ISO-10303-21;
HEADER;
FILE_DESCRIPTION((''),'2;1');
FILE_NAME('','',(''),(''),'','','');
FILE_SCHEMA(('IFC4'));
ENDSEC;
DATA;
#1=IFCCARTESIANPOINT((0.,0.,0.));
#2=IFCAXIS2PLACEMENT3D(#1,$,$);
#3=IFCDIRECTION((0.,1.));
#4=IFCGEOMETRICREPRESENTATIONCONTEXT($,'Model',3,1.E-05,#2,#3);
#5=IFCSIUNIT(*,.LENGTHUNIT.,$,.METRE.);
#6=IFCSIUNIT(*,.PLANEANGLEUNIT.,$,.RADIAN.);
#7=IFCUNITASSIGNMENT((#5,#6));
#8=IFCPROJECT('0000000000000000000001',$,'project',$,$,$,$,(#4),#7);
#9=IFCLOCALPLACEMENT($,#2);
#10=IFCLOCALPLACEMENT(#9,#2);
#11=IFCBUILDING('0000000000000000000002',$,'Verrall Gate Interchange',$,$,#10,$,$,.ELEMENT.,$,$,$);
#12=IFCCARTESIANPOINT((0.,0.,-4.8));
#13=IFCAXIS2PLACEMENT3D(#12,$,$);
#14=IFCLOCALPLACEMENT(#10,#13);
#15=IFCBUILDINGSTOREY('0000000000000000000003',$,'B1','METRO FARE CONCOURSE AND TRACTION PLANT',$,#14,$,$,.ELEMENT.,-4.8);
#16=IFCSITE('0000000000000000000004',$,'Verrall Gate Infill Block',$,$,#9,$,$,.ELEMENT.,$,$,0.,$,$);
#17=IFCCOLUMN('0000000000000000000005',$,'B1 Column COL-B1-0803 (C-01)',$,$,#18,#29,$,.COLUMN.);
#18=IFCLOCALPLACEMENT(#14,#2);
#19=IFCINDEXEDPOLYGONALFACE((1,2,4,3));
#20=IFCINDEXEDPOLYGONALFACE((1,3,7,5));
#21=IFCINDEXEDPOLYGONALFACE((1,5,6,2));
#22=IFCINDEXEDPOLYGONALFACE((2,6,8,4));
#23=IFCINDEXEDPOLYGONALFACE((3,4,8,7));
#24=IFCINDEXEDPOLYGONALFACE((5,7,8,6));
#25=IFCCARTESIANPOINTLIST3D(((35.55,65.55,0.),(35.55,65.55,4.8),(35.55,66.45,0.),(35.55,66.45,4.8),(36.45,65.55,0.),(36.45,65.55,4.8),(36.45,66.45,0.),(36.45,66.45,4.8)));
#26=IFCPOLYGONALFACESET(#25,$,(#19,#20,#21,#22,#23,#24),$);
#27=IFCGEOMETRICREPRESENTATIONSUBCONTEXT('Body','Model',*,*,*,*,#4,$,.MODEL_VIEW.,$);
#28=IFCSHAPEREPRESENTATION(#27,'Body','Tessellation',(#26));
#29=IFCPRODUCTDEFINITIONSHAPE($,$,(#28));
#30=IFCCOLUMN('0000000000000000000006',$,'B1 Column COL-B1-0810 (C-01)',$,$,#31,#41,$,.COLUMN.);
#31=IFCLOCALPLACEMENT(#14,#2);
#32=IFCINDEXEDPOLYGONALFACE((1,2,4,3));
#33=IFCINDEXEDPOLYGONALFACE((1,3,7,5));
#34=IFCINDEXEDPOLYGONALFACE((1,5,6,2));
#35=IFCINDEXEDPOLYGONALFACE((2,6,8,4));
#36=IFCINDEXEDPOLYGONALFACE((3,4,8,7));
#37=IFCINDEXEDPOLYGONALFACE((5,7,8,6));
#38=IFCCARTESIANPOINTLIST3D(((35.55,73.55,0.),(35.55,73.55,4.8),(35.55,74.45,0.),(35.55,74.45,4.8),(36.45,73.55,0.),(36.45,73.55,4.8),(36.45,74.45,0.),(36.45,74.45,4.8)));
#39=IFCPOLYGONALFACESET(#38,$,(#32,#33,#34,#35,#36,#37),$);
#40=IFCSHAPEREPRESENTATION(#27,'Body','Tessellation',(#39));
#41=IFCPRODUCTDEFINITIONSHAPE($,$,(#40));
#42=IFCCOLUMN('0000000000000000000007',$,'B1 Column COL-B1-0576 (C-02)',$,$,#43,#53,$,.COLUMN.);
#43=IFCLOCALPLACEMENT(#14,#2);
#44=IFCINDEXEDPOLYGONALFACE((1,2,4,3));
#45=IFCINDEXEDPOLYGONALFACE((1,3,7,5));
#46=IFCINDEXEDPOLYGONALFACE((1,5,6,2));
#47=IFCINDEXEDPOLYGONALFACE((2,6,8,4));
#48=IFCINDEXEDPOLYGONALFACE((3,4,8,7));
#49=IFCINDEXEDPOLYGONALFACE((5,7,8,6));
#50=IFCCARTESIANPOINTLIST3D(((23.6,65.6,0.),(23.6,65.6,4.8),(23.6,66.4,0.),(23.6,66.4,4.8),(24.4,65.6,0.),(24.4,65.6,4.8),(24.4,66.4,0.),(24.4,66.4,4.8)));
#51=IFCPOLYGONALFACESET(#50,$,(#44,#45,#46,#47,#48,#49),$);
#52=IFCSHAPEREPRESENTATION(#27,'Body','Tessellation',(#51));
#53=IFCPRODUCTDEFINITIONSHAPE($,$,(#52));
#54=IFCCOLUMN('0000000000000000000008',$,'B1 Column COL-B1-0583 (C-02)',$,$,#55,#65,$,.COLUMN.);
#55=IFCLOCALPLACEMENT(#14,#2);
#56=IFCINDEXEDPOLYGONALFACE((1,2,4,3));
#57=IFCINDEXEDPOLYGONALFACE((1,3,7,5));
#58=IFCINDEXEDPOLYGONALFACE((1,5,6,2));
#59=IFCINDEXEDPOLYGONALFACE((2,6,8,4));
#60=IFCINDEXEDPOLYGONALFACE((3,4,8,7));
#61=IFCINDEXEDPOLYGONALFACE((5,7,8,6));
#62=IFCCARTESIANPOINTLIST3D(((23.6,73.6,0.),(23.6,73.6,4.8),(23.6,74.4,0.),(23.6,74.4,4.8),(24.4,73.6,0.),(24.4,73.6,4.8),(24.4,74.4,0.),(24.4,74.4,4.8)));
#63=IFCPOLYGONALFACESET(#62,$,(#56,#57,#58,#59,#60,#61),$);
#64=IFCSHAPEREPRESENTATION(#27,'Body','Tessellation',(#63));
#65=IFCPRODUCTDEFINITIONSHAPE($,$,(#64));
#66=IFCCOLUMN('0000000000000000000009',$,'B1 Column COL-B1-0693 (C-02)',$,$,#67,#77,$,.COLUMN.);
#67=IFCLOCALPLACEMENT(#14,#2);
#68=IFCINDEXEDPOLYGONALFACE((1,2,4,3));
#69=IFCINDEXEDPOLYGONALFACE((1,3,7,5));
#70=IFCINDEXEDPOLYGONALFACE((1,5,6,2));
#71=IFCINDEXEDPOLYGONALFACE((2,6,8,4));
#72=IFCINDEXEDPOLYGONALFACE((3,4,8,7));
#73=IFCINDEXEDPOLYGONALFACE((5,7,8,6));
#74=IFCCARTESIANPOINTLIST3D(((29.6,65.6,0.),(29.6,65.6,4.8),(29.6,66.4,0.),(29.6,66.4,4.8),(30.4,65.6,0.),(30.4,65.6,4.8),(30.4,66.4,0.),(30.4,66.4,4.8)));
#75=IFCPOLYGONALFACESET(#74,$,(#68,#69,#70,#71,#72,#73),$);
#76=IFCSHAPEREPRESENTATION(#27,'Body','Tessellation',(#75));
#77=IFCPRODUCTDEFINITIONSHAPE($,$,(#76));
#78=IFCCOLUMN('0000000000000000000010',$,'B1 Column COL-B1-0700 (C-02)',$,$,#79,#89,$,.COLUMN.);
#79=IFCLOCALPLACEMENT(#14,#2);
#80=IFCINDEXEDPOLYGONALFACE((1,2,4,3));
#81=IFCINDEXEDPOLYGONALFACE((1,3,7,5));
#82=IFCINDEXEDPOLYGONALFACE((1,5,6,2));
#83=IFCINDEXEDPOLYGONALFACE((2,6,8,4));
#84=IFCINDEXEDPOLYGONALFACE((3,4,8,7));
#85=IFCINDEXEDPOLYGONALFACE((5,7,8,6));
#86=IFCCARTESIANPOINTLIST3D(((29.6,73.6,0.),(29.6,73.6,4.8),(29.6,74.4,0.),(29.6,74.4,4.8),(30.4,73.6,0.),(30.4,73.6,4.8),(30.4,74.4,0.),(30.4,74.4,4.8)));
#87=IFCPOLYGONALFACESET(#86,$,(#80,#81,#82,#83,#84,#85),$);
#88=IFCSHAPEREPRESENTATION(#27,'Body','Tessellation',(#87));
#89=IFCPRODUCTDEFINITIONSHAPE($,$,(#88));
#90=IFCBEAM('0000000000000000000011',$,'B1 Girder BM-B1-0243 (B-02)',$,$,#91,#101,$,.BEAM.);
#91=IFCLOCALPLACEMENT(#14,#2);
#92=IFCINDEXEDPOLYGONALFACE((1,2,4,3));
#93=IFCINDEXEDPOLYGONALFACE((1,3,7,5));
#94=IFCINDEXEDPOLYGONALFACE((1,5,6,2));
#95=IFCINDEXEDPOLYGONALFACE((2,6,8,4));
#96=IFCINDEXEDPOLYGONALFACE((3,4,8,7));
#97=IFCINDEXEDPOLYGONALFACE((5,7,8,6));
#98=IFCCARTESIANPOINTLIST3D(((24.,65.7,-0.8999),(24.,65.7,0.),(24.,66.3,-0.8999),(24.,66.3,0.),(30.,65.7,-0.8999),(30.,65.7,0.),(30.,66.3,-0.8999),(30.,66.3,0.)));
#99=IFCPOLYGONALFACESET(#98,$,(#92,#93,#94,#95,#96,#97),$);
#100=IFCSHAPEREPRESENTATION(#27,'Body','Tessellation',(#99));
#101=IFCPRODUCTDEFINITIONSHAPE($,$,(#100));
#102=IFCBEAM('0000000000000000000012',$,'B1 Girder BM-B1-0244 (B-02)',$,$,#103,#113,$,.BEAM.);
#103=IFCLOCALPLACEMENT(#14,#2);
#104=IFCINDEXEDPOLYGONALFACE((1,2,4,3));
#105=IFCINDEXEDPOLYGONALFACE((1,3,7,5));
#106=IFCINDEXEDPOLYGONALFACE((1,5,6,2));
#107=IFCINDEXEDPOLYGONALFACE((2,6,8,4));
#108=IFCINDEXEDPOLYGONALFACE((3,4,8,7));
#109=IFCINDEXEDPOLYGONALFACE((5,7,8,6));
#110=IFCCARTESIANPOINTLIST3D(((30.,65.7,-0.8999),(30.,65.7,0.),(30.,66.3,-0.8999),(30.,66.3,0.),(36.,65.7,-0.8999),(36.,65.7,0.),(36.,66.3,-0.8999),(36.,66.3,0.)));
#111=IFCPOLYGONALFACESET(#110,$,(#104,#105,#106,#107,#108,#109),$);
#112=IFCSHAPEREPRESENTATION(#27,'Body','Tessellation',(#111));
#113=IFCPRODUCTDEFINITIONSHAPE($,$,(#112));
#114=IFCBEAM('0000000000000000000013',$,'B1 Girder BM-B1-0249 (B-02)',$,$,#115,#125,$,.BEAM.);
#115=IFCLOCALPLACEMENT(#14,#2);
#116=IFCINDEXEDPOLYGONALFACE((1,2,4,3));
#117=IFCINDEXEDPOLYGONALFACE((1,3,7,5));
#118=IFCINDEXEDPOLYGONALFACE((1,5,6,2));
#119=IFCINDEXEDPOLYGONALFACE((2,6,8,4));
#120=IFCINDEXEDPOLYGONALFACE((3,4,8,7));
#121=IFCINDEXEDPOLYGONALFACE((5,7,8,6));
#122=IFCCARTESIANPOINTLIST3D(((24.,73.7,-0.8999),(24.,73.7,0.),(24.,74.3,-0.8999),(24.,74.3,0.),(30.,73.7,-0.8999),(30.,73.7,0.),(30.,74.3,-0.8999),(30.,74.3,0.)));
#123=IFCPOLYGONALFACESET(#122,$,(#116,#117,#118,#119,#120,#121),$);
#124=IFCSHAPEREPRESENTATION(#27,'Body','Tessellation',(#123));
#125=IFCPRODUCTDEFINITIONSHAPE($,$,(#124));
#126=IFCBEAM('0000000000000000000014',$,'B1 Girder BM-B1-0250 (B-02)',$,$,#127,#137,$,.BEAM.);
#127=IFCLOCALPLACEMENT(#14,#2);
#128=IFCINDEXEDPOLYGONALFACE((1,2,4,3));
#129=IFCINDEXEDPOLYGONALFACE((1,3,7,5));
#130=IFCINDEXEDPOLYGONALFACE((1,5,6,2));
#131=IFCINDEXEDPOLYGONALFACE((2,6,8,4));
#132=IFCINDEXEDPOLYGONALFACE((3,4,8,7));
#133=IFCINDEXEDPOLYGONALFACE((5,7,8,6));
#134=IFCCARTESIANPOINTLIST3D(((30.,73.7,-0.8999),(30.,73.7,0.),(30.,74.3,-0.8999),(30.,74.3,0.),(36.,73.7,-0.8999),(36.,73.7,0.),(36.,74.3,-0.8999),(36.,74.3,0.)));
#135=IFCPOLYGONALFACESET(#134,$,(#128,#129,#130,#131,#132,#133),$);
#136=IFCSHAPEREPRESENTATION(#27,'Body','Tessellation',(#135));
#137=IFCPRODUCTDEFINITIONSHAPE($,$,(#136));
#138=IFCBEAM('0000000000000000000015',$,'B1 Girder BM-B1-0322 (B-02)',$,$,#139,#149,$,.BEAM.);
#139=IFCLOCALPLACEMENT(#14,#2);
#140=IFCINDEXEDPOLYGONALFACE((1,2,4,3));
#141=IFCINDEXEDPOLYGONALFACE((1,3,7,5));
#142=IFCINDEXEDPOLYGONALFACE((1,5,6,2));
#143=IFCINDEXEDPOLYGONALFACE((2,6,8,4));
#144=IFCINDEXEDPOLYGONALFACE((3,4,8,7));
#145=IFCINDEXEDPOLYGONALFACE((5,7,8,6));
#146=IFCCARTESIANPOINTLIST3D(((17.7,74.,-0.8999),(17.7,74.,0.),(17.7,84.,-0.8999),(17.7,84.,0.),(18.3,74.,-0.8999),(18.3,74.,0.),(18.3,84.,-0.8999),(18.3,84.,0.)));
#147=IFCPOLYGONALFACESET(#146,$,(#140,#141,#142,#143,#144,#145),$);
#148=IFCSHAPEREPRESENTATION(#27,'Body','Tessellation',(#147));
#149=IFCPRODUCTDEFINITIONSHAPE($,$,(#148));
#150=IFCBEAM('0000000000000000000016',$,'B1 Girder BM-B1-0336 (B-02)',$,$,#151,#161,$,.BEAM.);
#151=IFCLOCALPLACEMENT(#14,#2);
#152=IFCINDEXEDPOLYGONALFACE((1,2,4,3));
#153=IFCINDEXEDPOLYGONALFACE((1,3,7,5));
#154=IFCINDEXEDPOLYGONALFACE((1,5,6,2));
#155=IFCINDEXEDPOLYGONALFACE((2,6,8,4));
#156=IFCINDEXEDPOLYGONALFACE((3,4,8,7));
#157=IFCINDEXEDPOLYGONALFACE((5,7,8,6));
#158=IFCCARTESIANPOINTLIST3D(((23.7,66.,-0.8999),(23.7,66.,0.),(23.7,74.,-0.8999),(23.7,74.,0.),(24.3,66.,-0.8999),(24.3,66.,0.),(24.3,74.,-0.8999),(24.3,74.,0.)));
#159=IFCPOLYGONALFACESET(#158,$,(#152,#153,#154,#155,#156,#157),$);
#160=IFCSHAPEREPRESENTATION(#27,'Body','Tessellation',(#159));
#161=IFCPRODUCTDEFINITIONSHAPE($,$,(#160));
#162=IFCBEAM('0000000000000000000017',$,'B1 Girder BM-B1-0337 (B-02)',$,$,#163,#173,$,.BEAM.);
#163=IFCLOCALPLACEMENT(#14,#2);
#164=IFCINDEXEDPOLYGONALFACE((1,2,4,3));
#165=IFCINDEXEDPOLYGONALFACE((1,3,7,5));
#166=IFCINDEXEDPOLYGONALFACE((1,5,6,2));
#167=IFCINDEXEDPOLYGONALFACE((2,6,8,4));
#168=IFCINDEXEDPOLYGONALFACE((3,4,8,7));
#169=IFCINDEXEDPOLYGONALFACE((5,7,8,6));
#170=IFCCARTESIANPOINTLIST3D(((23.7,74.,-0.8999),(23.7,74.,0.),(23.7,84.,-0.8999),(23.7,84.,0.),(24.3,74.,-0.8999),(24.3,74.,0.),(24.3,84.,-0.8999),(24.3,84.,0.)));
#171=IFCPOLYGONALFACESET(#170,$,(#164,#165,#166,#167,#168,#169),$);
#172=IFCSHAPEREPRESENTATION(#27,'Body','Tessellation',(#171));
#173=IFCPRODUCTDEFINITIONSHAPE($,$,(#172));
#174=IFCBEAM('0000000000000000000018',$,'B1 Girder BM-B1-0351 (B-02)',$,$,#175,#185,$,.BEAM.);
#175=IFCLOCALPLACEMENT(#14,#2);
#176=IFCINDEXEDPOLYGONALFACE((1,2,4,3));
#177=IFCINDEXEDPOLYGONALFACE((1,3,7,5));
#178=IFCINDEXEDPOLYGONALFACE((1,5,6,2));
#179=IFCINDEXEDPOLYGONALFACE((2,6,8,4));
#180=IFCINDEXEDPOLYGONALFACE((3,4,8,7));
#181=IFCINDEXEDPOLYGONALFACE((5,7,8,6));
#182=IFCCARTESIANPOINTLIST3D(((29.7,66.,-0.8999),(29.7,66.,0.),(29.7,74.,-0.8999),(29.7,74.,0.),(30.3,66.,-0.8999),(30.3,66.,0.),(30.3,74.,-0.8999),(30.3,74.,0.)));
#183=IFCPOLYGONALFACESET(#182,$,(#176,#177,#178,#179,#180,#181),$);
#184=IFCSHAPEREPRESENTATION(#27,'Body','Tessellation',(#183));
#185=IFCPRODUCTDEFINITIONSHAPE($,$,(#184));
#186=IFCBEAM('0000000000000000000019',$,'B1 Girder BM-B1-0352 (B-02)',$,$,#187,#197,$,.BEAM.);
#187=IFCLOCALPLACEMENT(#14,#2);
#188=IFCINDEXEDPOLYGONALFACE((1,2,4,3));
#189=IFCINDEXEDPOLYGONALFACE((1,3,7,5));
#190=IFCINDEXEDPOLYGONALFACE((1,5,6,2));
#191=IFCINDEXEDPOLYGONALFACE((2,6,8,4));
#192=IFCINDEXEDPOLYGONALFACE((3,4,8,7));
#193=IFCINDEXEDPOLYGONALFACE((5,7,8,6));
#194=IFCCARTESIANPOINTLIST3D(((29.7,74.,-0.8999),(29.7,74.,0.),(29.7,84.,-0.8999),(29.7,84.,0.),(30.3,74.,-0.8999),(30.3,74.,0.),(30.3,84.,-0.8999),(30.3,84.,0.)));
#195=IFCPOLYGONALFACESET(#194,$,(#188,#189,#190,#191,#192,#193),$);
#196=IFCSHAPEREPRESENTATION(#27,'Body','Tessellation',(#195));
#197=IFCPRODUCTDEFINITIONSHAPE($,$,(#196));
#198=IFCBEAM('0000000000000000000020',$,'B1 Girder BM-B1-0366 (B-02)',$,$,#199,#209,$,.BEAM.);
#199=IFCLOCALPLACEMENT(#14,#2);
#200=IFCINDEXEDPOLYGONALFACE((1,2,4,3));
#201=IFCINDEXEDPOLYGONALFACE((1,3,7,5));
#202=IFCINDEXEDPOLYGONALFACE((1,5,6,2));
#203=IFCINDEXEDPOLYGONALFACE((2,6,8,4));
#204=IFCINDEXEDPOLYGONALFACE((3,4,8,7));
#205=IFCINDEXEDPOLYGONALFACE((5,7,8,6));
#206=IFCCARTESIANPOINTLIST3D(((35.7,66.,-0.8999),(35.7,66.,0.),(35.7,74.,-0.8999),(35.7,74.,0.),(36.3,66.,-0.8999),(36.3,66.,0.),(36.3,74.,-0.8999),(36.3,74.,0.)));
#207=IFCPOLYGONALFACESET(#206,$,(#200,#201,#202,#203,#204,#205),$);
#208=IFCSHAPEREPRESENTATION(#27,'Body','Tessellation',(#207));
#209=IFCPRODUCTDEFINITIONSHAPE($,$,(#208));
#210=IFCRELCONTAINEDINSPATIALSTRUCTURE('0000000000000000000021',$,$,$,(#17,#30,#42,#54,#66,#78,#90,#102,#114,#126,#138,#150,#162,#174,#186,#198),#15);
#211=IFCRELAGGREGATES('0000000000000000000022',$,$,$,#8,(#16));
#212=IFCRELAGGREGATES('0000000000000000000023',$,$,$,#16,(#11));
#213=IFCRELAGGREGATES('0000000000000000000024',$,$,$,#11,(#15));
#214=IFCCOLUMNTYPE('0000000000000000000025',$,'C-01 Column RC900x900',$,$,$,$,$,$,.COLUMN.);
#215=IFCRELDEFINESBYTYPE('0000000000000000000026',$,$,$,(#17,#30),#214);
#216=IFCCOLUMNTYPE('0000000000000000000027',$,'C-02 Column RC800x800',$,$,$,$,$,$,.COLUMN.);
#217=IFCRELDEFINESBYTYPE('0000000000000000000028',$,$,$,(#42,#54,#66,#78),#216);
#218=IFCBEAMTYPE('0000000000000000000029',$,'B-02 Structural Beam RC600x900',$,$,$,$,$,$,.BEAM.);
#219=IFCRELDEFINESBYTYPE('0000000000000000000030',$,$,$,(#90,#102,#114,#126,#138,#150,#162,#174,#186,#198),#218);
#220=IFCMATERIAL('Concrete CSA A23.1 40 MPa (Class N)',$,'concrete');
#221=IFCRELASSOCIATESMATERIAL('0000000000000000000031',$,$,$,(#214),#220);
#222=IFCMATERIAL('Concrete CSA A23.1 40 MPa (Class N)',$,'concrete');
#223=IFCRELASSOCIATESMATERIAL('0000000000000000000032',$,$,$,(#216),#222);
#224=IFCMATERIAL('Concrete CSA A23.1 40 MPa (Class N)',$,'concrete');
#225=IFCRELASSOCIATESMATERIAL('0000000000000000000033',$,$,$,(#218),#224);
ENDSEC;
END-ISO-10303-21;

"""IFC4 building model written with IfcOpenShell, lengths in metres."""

from ifc_helpers import new_model, si_unit, direction, frame, origin, origin_2d, place, context, subcontext, project, spatial, rectangle, extrude, material, material_profile, profile_set, type_object, element, save


model = new_model("IFC4")

# Units and contexts
model_context = context("Model", 3, precision=1e-05, world=origin(), true_north=direction((0.0, 1.0)))
body_context = subcontext(model_context, "Body", "Model", "MODEL_VIEW")
ifc_project = project(units=[si_unit("LENGTHUNIT", "METRE"), si_unit("PLANEANGLEUNIT", "RADIAN")], contexts=[model_context])

# Site, building, storey
site_placement = place(None, origin())
site = spatial("IfcSite", under=ifc_project, at=site_placement, Name="Verrall Gate Infill Block", CompositionType="ELEMENT", RefElevation=0.0)
building_placement = place(site_placement, origin())
building = spatial("IfcBuilding", under=site, at=building_placement, Name="Verrall Gate Interchange", CompositionType="ELEMENT")
storey_placement = place(building_placement, frame((0.0, 0.0, -4.8)))
storey = spatial("IfcBuildingStorey", under=building, at=storey_placement, Name="B1", Description="METRO FARE CONCOURSE AND TRACTION PLANT", CompositionType="ELEMENT", Elevation=-4.8)

# Columns
ifc_material_1 = material(Name="Concrete CSA A23.1 40 MPa (Class N)", Category="concrete")
ifc_material_profile_1 = material_profile(ifc_material_1, rectangle(XDim=0.8999, YDim=0.8999, at=origin_2d()), Name="RC900x900")
ifc_profile_set_1 = profile_set([ifc_material_profile_1], Name="Concrete CSA A23.1 40 MPa (Class N)")
column_type_1 = type_object("IfcColumnType", Name="C-01 Column RC900x900", PredefinedType="COLUMN", material=ifc_profile_set_1)
for number, where, z_axis, x_axis, name in (
    (1, (36.0, 66.0, 0.0), (0.0, 0.0, 1.0), (1.0, 0.0, 0.0), "B1 Column COL-B1-0803 (C-01)"),
    (2, (36.0, 74.0, 0.0), (0.0, 0.0, 1.0), (1.0, 0.0, 0.0), "B1 Column COL-B1-0810 (C-01)"),
):
    element("IfcColumn", number, at=place(storey_placement, frame(where, z_axis=z_axis, x_axis=x_axis)), inside=storey, type_object=column_type_1, Name=name, PredefinedType="COLUMN", context=body_context, shape_type="SweptSolid", body=[
        extrude(rectangle(XDim=0.8999, YDim=0.8999, at=origin_2d()), origin(), (0.0, 0.0, 1.0), 4.8),
    ])
ifc_material_2 = material(Name="Concrete CSA A23.1 40 MPa (Class N)", Category="concrete")
ifc_material_profile_2 = material_profile(ifc_material_2, rectangle(XDim=0.8, YDim=0.8, at=origin_2d()), Name="RC800x800")
ifc_profile_set_2 = profile_set([ifc_material_profile_2], Name="Concrete CSA A23.1 40 MPa (Class N)")
column_type_2 = type_object("IfcColumnType", Name="C-02 Column RC800x800", PredefinedType="COLUMN", material=ifc_profile_set_2)
for number, where, z_axis, x_axis, name in (
    (3, (24.0, 66.0, 0.0), (0.0, 0.0, 1.0), (1.0, 0.0, 0.0), "B1 Column COL-B1-0576 (C-02)"),
    (4, (24.0, 74.0, 0.0), (0.0, 0.0, 1.0), (1.0, 0.0, 0.0), "B1 Column COL-B1-0583 (C-02)"),
    (5, (30.0, 66.0, 0.0), (0.0, 0.0, 1.0), (1.0, 0.0, 0.0), "B1 Column COL-B1-0693 (C-02)"),
    (6, (30.0, 74.0, 0.0), (0.0, 0.0, 1.0), (1.0, 0.0, 0.0), "B1 Column COL-B1-0700 (C-02)"),
):
    element("IfcColumn", number, at=place(storey_placement, frame(where, z_axis=z_axis, x_axis=x_axis)), inside=storey, type_object=column_type_2, Name=name, PredefinedType="COLUMN", context=body_context, shape_type="SweptSolid", body=[
        extrude(rectangle(XDim=0.8, YDim=0.8, at=origin_2d()), origin(), (0.0, 0.0, 1.0), 4.8),
    ])

# Beams
ifc_material_3 = material(Name="Concrete CSA A23.1 40 MPa (Class N)", Category="concrete")
ifc_material_profile_3 = material_profile(ifc_material_3, rectangle(XDim=0.6001, YDim=0.8999, at=origin_2d()), Name="RC600x900")
ifc_profile_set_3 = profile_set([ifc_material_profile_3], Name="Concrete CSA A23.1 40 MPa (Class N)")
beam_type_1 = type_object("IfcBeamType", Name="B-02 Structural Beam RC600x900", PredefinedType="BEAM", material=ifc_profile_set_3)
for number, where, z_axis, x_axis, name in (
    (7, (24.0, 66.0, -0.45), (1.0, 0.0, 0.0), (0.0, 1.0, 0.0), "B1 Girder BM-B1-0243 (B-02)"),
    (8, (30.0, 66.0, -0.45), (1.0, 0.0, 0.0), (0.0, 1.0, 0.0), "B1 Girder BM-B1-0244 (B-02)"),
    (9, (24.0, 74.0, -0.45), (1.0, 0.0, 0.0), (0.0, 1.0, 0.0), "B1 Girder BM-B1-0249 (B-02)"),
    (10, (30.0, 74.0, -0.45), (1.0, 0.0, 0.0), (0.0, 1.0, 0.0), "B1 Girder BM-B1-0250 (B-02)"),
):
    element("IfcBeam", number, at=place(storey_placement, frame(where, z_axis=z_axis, x_axis=x_axis)), inside=storey, type_object=beam_type_1, Name=name, PredefinedType="BEAM", context=body_context, shape_type="SweptSolid", body=[
        extrude(rectangle(XDim=0.6001, YDim=0.8999, at=origin_2d()), origin(), (0.0, 0.0, 1.0), 6.0),
    ])
beam_1_placement = place(storey_placement, frame((18.0, 74.0, -0.45), z_axis=(0.0, 1.0, 0.0), x_axis=(-1.0, 0.0, 0.0)))
element("IfcBeam", 11, at=beam_1_placement, inside=storey, type_object=beam_type_1, Name="B1 Girder BM-B1-0322 (B-02)", PredefinedType="BEAM", context=body_context, shape_type="SweptSolid", body=[
    extrude(rectangle(XDim=0.6001, YDim=0.8999, at=origin_2d()), origin(), (0.0, 0.0, 1.0), 10.0),
])
beam_2_placement = place(storey_placement, frame((24.0, 66.0, -0.45), z_axis=(0.0, 1.0, 0.0), x_axis=(-1.0, 0.0, 0.0)))
element("IfcBeam", 12, at=beam_2_placement, inside=storey, type_object=beam_type_1, Name="B1 Girder BM-B1-0336 (B-02)", PredefinedType="BEAM", context=body_context, shape_type="SweptSolid", body=[
    extrude(rectangle(XDim=0.6001, YDim=0.8999, at=origin_2d()), origin(), (0.0, 0.0, 1.0), 8.0),
])
beam_3_placement = place(storey_placement, frame((24.0, 74.0, -0.45), z_axis=(0.0, 1.0, 0.0), x_axis=(-1.0, 0.0, 0.0)))
element("IfcBeam", 13, at=beam_3_placement, inside=storey, type_object=beam_type_1, Name="B1 Girder BM-B1-0337 (B-02)", PredefinedType="BEAM", context=body_context, shape_type="SweptSolid", body=[
    extrude(rectangle(XDim=0.6001, YDim=0.8999, at=origin_2d()), origin(), (0.0, 0.0, 1.0), 10.0),
])
beam_4_placement = place(storey_placement, frame((30.0, 66.0, -0.45), z_axis=(0.0, 1.0, 0.0), x_axis=(-1.0, 0.0, 0.0)))
element("IfcBeam", 14, at=beam_4_placement, inside=storey, type_object=beam_type_1, Name="B1 Girder BM-B1-0351 (B-02)", PredefinedType="BEAM", context=body_context, shape_type="SweptSolid", body=[
    extrude(rectangle(XDim=0.6001, YDim=0.8999, at=origin_2d()), origin(), (0.0, 0.0, 1.0), 8.0),
])
beam_5_placement = place(storey_placement, frame((30.0, 74.0, -0.45), z_axis=(0.0, 1.0, 0.0), x_axis=(-1.0, 0.0, 0.0)))
element("IfcBeam", 15, at=beam_5_placement, inside=storey, type_object=beam_type_1, Name="B1 Girder BM-B1-0352 (B-02)", PredefinedType="BEAM", context=body_context, shape_type="SweptSolid", body=[
    extrude(rectangle(XDim=0.6001, YDim=0.8999, at=origin_2d()), origin(), (0.0, 0.0, 1.0), 10.0),
])
beam_6_placement = place(storey_placement, frame((36.0, 66.0, -0.45), z_axis=(0.0, 1.0, 0.0), x_axis=(-1.0, 0.0, 0.0)))
element("IfcBeam", 16, at=beam_6_placement, inside=storey, type_object=beam_type_1, Name="B1 Girder BM-B1-0366 (B-02)", PredefinedType="BEAM", context=body_context, shape_type="SweptSolid", body=[
    extrude(rectangle(XDim=0.6001, YDim=0.8999, at=origin_2d()), origin(), (0.0, 0.0, 1.0), 8.0),
])

save(model, "model.ifc")
